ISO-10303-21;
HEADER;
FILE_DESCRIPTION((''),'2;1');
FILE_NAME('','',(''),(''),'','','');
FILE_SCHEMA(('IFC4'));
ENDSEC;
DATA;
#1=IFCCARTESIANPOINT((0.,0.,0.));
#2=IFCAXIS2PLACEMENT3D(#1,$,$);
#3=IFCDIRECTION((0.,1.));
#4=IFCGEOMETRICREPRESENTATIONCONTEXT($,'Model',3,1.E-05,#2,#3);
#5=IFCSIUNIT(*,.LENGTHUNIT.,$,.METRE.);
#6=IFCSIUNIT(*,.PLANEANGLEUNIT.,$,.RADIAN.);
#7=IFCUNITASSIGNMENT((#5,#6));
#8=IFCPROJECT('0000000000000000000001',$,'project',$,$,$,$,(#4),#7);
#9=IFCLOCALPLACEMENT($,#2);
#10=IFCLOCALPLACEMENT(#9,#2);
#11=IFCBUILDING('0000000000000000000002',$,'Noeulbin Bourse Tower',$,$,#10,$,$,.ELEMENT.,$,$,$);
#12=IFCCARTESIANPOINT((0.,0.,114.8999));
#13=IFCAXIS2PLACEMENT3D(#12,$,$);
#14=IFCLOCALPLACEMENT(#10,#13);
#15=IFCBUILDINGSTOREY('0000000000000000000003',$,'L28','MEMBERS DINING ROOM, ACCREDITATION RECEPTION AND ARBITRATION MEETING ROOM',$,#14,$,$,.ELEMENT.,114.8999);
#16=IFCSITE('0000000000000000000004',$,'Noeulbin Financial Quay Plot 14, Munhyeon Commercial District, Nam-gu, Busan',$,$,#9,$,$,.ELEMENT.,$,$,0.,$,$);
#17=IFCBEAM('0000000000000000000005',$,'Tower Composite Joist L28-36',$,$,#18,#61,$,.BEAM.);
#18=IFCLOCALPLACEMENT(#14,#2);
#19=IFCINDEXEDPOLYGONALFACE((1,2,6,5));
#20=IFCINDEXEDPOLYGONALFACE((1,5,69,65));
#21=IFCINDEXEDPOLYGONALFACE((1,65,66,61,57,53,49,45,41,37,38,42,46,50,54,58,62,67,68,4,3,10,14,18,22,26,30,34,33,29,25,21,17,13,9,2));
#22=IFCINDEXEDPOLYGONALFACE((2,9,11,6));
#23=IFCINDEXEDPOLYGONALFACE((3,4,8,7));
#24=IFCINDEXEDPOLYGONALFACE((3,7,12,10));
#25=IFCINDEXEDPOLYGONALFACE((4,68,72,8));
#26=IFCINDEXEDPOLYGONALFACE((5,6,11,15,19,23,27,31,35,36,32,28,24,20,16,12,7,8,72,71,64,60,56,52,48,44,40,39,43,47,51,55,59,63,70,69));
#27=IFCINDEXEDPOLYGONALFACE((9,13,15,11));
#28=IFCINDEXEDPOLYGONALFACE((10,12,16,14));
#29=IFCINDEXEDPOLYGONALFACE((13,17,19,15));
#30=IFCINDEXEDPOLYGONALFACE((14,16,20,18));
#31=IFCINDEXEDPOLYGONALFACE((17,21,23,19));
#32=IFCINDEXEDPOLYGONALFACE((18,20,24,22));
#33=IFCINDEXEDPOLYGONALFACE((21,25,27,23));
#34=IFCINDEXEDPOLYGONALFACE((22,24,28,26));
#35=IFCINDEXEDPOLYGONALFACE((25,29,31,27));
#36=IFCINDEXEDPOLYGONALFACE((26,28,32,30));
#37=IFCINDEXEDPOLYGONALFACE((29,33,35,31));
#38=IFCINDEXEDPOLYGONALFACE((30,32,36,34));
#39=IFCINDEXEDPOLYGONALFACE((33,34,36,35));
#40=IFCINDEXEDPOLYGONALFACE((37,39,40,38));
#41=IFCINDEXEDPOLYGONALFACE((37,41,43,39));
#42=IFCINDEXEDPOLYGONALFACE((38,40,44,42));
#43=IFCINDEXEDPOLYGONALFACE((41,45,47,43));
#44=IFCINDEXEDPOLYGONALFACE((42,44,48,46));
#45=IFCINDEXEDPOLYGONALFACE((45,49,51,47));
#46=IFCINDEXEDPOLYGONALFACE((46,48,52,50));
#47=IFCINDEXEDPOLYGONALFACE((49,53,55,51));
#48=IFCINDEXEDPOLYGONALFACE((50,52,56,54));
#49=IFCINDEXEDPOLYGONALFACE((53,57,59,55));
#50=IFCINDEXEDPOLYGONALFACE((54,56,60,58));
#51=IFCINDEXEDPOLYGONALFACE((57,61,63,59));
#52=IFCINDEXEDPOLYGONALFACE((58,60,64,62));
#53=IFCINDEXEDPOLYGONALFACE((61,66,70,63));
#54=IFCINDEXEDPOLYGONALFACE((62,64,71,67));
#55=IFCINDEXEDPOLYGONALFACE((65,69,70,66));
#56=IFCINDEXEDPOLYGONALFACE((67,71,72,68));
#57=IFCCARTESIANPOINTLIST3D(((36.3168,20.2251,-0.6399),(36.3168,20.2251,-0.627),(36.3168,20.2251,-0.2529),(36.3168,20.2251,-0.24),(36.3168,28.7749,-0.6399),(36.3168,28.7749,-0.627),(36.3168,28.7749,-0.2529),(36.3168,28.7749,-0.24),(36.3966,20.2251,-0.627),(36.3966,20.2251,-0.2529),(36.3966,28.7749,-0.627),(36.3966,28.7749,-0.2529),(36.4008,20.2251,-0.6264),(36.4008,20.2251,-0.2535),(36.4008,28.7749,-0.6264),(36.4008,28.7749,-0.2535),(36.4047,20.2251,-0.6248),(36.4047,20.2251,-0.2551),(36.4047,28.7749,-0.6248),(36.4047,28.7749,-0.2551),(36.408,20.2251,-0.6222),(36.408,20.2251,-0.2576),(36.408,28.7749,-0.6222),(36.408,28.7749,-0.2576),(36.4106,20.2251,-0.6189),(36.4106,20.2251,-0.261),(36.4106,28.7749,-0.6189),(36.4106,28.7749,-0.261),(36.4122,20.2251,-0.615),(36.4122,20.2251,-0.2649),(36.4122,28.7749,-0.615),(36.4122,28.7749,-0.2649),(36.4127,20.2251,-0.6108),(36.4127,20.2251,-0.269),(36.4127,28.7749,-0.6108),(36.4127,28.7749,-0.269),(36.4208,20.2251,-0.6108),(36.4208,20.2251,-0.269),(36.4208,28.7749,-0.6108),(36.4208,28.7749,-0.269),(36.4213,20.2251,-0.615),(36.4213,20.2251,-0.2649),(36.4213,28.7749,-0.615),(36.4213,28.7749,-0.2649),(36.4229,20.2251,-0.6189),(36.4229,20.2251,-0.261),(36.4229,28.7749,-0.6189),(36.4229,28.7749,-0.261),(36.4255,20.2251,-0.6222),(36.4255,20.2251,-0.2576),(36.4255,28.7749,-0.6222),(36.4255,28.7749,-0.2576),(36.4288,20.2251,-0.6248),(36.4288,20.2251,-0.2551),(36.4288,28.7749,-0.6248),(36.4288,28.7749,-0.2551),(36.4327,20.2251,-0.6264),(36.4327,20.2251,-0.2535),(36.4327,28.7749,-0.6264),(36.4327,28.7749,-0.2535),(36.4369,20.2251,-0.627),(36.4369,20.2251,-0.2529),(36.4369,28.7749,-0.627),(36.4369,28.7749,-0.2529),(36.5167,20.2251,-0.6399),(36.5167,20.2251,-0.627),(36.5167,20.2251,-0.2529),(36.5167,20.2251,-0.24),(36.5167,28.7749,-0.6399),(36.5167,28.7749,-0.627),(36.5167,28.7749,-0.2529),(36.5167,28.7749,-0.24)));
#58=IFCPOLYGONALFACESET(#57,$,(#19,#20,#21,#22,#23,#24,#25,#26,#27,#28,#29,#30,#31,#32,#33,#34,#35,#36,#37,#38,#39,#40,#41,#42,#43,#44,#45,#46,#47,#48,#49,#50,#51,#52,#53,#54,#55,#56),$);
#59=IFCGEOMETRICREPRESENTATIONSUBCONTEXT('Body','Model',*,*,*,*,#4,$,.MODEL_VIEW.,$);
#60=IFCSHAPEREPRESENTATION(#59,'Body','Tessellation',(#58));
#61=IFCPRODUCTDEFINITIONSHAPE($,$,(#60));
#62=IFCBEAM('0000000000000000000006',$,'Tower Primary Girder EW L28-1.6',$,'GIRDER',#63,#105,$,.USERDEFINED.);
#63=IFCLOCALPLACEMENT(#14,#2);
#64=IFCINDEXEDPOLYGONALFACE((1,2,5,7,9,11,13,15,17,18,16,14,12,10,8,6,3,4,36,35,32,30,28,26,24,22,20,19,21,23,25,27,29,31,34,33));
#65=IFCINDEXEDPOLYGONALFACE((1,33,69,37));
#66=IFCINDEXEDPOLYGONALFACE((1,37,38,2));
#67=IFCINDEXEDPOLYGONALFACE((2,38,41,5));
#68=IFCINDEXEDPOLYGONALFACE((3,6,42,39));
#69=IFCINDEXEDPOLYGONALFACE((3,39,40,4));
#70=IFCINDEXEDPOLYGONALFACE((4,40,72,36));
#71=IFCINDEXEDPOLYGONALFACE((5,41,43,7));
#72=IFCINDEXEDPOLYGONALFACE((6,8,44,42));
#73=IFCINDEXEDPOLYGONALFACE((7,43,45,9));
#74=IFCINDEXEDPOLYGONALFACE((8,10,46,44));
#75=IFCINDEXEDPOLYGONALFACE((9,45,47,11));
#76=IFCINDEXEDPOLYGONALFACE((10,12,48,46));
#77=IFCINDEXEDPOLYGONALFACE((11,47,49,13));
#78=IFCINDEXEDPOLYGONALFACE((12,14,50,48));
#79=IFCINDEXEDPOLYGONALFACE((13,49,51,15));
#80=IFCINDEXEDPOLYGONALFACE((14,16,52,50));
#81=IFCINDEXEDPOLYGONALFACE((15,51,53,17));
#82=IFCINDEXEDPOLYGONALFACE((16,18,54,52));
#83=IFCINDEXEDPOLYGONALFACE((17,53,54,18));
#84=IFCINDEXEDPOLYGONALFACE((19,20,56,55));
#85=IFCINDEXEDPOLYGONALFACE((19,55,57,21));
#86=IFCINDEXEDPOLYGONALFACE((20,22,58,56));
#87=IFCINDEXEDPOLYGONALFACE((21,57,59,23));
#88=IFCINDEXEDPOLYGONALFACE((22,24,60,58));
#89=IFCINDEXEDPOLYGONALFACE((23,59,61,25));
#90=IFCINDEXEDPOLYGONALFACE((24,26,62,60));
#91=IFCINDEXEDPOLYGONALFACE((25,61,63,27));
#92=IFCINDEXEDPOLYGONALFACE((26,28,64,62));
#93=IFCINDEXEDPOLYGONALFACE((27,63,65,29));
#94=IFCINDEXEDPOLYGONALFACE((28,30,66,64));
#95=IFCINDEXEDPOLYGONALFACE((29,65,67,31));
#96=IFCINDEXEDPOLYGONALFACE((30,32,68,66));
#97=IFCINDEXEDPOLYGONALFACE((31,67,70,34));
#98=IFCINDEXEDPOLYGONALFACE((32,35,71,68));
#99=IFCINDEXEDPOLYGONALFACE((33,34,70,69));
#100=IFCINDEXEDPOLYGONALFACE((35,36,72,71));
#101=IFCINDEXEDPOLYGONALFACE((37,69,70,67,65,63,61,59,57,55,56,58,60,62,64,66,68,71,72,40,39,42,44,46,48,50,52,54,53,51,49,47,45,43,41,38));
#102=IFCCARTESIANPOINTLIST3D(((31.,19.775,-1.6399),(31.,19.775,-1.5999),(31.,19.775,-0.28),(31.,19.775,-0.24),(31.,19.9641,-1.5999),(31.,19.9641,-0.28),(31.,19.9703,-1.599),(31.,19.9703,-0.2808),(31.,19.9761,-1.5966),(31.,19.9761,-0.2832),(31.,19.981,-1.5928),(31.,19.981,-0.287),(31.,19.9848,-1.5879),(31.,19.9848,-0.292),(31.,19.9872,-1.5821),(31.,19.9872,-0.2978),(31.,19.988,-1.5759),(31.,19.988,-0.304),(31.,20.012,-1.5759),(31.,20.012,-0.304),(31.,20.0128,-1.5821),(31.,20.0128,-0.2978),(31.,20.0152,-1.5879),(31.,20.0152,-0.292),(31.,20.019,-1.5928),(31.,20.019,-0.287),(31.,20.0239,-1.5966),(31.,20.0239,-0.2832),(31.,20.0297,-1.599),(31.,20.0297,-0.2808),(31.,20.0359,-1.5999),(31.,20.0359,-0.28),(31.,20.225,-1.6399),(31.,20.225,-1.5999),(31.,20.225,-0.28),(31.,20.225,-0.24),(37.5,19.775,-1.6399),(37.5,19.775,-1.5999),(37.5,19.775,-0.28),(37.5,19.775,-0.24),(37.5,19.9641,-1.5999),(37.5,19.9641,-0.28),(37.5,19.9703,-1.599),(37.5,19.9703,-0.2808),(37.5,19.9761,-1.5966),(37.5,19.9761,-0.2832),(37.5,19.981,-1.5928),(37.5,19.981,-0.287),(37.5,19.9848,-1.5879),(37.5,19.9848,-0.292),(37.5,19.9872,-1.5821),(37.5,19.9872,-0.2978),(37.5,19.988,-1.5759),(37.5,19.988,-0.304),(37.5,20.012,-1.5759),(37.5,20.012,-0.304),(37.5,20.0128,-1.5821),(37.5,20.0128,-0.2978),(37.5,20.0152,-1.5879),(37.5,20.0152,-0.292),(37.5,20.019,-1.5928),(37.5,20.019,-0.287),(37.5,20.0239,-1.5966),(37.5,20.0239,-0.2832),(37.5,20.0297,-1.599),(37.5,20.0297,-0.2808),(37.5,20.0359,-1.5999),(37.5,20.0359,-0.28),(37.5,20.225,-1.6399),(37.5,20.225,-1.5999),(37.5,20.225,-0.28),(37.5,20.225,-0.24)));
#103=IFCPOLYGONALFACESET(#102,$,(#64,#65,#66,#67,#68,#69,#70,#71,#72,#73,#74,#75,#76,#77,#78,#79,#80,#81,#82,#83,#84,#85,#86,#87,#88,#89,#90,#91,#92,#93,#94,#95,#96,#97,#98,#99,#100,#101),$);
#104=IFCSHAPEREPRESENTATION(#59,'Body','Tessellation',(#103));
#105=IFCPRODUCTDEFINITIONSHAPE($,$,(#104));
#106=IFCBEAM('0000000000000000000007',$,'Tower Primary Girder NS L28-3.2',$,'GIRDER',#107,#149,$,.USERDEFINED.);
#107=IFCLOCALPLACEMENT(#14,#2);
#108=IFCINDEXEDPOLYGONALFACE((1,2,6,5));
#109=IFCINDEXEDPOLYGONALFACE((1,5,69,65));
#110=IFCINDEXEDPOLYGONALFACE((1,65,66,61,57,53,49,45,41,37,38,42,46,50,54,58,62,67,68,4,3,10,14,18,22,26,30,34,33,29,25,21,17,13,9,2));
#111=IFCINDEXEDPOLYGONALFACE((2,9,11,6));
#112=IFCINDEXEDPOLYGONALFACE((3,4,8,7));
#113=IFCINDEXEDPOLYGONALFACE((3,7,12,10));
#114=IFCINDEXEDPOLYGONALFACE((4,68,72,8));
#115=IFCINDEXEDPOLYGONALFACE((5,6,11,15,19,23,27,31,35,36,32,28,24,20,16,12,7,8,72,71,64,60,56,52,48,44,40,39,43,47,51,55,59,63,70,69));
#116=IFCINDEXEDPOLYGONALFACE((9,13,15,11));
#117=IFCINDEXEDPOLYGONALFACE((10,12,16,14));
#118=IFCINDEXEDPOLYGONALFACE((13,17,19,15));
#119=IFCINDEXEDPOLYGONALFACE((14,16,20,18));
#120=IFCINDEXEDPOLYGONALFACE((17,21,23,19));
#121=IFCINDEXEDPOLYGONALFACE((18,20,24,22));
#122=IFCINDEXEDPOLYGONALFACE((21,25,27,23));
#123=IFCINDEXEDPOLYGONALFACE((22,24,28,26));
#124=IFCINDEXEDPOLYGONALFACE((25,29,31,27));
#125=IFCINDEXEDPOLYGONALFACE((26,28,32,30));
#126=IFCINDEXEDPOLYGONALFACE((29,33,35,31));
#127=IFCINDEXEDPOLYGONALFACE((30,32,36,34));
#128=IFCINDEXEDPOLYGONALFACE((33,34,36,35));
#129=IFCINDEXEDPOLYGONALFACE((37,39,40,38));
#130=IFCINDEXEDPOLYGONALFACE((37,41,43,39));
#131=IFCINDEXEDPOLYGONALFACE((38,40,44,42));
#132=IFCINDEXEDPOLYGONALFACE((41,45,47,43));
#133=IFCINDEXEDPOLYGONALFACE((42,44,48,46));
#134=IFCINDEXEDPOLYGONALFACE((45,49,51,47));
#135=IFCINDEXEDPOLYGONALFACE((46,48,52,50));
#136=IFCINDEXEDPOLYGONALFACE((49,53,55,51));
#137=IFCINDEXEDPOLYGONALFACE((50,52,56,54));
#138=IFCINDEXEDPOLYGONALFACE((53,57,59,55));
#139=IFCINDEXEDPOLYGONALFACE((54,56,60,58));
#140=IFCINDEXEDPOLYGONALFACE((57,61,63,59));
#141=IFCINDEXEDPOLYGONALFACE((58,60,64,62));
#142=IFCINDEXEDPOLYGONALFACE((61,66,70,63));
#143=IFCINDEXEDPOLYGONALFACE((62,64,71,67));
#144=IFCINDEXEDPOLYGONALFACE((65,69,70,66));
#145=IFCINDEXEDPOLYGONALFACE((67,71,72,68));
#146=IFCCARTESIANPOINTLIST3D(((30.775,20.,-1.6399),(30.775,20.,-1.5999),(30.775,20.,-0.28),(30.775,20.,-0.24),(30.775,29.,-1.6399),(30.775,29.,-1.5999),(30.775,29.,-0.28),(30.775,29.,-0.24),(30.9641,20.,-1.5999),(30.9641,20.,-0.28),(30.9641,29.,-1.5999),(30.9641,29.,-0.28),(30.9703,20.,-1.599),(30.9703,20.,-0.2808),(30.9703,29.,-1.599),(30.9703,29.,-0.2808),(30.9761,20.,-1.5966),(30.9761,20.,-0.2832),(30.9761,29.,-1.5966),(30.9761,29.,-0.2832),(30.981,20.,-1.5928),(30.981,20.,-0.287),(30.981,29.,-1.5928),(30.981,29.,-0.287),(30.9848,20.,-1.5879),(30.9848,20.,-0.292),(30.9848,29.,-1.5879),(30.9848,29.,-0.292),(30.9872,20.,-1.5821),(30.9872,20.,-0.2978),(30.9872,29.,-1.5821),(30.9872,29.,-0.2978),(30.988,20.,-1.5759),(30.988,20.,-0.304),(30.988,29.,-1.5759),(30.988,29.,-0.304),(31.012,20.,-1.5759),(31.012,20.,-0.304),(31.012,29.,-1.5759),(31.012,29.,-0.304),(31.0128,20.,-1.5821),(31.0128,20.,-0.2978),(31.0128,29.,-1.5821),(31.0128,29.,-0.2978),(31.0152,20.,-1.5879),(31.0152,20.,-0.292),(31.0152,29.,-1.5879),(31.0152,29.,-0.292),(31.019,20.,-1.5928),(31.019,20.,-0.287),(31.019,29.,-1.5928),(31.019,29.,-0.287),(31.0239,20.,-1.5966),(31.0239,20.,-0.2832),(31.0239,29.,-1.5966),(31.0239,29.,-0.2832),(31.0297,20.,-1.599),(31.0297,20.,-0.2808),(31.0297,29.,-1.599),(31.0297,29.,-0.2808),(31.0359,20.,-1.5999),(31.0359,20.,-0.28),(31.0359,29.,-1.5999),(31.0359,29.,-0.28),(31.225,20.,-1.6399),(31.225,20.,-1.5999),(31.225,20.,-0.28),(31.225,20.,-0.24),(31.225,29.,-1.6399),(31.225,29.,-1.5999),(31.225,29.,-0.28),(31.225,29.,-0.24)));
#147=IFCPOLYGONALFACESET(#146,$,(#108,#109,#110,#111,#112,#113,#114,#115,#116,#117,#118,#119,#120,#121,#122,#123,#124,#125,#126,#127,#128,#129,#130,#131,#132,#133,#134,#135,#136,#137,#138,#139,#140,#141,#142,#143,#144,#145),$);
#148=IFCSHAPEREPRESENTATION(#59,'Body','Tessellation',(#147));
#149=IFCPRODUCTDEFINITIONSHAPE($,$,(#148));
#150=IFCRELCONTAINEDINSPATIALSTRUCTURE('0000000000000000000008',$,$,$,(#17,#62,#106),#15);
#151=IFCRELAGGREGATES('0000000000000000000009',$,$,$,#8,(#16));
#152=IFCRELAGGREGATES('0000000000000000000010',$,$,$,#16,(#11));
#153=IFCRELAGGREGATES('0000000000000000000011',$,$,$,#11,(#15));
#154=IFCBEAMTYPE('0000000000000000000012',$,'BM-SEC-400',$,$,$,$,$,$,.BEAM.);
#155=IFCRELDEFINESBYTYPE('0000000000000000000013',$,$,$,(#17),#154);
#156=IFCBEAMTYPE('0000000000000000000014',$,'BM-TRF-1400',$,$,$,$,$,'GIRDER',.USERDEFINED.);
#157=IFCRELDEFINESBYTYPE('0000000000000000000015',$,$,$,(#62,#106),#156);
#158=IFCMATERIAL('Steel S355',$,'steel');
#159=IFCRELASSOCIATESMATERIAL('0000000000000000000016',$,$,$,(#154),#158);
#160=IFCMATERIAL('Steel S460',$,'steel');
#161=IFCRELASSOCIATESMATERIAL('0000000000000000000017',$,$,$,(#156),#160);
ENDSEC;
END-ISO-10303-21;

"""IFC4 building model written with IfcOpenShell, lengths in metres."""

from ifc_helpers import new_model, si_unit, direction, frame, origin, origin_2d, place, context, subcontext, project, spatial, i_section, extrude, material, material_profile, profile_set, type_object, element, save


model = new_model("IFC4")

# Units and contexts
model_context = context("Model", 3, precision=1e-05, world=origin(), true_north=direction((0.0, 1.0)))
body_context = subcontext(model_context, "Body", "Model", "MODEL_VIEW")
ifc_project = project(units=[si_unit("LENGTHUNIT", "METRE"), si_unit("PLANEANGLEUNIT", "RADIAN")], contexts=[model_context])

# Site, building, storey
site_placement = place(None, origin())
site = spatial("IfcSite", under=ifc_project, at=site_placement, Name="Noeulbin Financial Quay Plot 14, Munhyeon Commercial District, Nam-gu, Busan", CompositionType="ELEMENT", RefElevation=0.0)
building_placement = place(site_placement, origin())
building = spatial("IfcBuilding", under=site, at=building_placement, Name="Noeulbin Bourse Tower", CompositionType="ELEMENT")
storey_placement = place(building_placement, frame((0.0, 0.0, 114.8999)))
storey = spatial("IfcBuildingStorey", under=building, at=storey_placement, Name="L28", Description="MEMBERS DINING ROOM, ACCREDITATION RECEPTION AND ARBITRATION MEETING ROOM", CompositionType="ELEMENT", Elevation=114.8999)

# Shared definitions
ifc_material_1 = material(Name="Steel S460", Category="steel")

# Beams
ifc_material_2 = material(Name="Steel S355", Category="steel")
ifc_material_profile_1 = material_profile(ifc_material_2, i_section(OverallWidth=0.2, OverallDepth=0.3999, WebThickness=0.0081, FlangeThickness=0.0129, FilletRadius=0.0161, at=origin_2d()), Name="H-400x200x8x13", Category="LoadBearing")
ifc_profile_set_1 = profile_set([ifc_material_profile_1], Name="Steel S355")
beam_type_1 = type_object("IfcBeamType", Name="BM-SEC-400", PredefinedType="BEAM", material=ifc_profile_set_1)
beam_1_placement = place(storey_placement, frame((36.4167, 20.2251, -0.4399), z_axis=(0.0, 1.0, 0.0), x_axis=(-1.0, 0.0, 0.0)))
element("IfcBeam", 1, at=beam_1_placement, inside=storey, type_object=beam_type_1, Name="Tower Composite Joist L28-36", PredefinedType="BEAM", context=body_context, shape_type="SweptSolid", body=[
    extrude(i_section(OverallWidth=0.2, OverallDepth=0.3999, WebThickness=0.0081, FlangeThickness=0.0129, FilletRadius=0.0161, at=origin_2d()), origin(), (0.0, 0.0, 1.0), 8.5498),
])
ifc_material_profile_2 = material_profile(ifc_material_1, i_section(OverallWidth=0.45, OverallDepth=1.3999, WebThickness=0.0239, FlangeThickness=0.04, FilletRadius=0.0239, at=origin_2d()), Name="PG-1400x450x24x40", Category="LoadBearing")
ifc_profile_set_2 = profile_set([ifc_material_profile_2], Name="Steel S460")
beam_type_2 = type_object("IfcBeamType", Name="BM-TRF-1400", ElementType="GIRDER", PredefinedType="USERDEFINED", material=ifc_profile_set_2)
beam_2_placement = place(storey_placement, frame((31.0, 20.0, -0.9399), z_axis=(1.0, 0.0, 0.0), x_axis=(0.0, 1.0, 0.0)))
element("IfcBeam", 2, at=beam_2_placement, inside=storey, type_object=beam_type_2, Name="Tower Primary Girder EW L28-1.6", ObjectType="GIRDER", PredefinedType="USERDEFINED", context=body_context, shape_type="SweptSolid", body=[
    extrude(i_section(OverallWidth=0.45, OverallDepth=1.3999, WebThickness=0.0239, FlangeThickness=0.04, FilletRadius=0.0239, at=origin_2d()), origin(), (0.0, 0.0, 1.0), 6.5),
])
beam_3_placement = place(storey_placement, frame((31.0, 20.0, -0.9399), z_axis=(0.0, 1.0, 0.0), x_axis=(-1.0, 0.0, 0.0)))
element("IfcBeam", 3, at=beam_3_placement, inside=storey, type_object=beam_type_2, Name="Tower Primary Girder NS L28-3.2", ObjectType="GIRDER", PredefinedType="USERDEFINED", context=body_context, shape_type="SweptSolid", body=[
    extrude(i_section(OverallWidth=0.45, OverallDepth=1.3999, WebThickness=0.0239, FlangeThickness=0.04, FilletRadius=0.0239, at=origin_2d()), origin(), (0.0, 0.0, 1.0), 9.0),
])

save(model, "model.ifc")
